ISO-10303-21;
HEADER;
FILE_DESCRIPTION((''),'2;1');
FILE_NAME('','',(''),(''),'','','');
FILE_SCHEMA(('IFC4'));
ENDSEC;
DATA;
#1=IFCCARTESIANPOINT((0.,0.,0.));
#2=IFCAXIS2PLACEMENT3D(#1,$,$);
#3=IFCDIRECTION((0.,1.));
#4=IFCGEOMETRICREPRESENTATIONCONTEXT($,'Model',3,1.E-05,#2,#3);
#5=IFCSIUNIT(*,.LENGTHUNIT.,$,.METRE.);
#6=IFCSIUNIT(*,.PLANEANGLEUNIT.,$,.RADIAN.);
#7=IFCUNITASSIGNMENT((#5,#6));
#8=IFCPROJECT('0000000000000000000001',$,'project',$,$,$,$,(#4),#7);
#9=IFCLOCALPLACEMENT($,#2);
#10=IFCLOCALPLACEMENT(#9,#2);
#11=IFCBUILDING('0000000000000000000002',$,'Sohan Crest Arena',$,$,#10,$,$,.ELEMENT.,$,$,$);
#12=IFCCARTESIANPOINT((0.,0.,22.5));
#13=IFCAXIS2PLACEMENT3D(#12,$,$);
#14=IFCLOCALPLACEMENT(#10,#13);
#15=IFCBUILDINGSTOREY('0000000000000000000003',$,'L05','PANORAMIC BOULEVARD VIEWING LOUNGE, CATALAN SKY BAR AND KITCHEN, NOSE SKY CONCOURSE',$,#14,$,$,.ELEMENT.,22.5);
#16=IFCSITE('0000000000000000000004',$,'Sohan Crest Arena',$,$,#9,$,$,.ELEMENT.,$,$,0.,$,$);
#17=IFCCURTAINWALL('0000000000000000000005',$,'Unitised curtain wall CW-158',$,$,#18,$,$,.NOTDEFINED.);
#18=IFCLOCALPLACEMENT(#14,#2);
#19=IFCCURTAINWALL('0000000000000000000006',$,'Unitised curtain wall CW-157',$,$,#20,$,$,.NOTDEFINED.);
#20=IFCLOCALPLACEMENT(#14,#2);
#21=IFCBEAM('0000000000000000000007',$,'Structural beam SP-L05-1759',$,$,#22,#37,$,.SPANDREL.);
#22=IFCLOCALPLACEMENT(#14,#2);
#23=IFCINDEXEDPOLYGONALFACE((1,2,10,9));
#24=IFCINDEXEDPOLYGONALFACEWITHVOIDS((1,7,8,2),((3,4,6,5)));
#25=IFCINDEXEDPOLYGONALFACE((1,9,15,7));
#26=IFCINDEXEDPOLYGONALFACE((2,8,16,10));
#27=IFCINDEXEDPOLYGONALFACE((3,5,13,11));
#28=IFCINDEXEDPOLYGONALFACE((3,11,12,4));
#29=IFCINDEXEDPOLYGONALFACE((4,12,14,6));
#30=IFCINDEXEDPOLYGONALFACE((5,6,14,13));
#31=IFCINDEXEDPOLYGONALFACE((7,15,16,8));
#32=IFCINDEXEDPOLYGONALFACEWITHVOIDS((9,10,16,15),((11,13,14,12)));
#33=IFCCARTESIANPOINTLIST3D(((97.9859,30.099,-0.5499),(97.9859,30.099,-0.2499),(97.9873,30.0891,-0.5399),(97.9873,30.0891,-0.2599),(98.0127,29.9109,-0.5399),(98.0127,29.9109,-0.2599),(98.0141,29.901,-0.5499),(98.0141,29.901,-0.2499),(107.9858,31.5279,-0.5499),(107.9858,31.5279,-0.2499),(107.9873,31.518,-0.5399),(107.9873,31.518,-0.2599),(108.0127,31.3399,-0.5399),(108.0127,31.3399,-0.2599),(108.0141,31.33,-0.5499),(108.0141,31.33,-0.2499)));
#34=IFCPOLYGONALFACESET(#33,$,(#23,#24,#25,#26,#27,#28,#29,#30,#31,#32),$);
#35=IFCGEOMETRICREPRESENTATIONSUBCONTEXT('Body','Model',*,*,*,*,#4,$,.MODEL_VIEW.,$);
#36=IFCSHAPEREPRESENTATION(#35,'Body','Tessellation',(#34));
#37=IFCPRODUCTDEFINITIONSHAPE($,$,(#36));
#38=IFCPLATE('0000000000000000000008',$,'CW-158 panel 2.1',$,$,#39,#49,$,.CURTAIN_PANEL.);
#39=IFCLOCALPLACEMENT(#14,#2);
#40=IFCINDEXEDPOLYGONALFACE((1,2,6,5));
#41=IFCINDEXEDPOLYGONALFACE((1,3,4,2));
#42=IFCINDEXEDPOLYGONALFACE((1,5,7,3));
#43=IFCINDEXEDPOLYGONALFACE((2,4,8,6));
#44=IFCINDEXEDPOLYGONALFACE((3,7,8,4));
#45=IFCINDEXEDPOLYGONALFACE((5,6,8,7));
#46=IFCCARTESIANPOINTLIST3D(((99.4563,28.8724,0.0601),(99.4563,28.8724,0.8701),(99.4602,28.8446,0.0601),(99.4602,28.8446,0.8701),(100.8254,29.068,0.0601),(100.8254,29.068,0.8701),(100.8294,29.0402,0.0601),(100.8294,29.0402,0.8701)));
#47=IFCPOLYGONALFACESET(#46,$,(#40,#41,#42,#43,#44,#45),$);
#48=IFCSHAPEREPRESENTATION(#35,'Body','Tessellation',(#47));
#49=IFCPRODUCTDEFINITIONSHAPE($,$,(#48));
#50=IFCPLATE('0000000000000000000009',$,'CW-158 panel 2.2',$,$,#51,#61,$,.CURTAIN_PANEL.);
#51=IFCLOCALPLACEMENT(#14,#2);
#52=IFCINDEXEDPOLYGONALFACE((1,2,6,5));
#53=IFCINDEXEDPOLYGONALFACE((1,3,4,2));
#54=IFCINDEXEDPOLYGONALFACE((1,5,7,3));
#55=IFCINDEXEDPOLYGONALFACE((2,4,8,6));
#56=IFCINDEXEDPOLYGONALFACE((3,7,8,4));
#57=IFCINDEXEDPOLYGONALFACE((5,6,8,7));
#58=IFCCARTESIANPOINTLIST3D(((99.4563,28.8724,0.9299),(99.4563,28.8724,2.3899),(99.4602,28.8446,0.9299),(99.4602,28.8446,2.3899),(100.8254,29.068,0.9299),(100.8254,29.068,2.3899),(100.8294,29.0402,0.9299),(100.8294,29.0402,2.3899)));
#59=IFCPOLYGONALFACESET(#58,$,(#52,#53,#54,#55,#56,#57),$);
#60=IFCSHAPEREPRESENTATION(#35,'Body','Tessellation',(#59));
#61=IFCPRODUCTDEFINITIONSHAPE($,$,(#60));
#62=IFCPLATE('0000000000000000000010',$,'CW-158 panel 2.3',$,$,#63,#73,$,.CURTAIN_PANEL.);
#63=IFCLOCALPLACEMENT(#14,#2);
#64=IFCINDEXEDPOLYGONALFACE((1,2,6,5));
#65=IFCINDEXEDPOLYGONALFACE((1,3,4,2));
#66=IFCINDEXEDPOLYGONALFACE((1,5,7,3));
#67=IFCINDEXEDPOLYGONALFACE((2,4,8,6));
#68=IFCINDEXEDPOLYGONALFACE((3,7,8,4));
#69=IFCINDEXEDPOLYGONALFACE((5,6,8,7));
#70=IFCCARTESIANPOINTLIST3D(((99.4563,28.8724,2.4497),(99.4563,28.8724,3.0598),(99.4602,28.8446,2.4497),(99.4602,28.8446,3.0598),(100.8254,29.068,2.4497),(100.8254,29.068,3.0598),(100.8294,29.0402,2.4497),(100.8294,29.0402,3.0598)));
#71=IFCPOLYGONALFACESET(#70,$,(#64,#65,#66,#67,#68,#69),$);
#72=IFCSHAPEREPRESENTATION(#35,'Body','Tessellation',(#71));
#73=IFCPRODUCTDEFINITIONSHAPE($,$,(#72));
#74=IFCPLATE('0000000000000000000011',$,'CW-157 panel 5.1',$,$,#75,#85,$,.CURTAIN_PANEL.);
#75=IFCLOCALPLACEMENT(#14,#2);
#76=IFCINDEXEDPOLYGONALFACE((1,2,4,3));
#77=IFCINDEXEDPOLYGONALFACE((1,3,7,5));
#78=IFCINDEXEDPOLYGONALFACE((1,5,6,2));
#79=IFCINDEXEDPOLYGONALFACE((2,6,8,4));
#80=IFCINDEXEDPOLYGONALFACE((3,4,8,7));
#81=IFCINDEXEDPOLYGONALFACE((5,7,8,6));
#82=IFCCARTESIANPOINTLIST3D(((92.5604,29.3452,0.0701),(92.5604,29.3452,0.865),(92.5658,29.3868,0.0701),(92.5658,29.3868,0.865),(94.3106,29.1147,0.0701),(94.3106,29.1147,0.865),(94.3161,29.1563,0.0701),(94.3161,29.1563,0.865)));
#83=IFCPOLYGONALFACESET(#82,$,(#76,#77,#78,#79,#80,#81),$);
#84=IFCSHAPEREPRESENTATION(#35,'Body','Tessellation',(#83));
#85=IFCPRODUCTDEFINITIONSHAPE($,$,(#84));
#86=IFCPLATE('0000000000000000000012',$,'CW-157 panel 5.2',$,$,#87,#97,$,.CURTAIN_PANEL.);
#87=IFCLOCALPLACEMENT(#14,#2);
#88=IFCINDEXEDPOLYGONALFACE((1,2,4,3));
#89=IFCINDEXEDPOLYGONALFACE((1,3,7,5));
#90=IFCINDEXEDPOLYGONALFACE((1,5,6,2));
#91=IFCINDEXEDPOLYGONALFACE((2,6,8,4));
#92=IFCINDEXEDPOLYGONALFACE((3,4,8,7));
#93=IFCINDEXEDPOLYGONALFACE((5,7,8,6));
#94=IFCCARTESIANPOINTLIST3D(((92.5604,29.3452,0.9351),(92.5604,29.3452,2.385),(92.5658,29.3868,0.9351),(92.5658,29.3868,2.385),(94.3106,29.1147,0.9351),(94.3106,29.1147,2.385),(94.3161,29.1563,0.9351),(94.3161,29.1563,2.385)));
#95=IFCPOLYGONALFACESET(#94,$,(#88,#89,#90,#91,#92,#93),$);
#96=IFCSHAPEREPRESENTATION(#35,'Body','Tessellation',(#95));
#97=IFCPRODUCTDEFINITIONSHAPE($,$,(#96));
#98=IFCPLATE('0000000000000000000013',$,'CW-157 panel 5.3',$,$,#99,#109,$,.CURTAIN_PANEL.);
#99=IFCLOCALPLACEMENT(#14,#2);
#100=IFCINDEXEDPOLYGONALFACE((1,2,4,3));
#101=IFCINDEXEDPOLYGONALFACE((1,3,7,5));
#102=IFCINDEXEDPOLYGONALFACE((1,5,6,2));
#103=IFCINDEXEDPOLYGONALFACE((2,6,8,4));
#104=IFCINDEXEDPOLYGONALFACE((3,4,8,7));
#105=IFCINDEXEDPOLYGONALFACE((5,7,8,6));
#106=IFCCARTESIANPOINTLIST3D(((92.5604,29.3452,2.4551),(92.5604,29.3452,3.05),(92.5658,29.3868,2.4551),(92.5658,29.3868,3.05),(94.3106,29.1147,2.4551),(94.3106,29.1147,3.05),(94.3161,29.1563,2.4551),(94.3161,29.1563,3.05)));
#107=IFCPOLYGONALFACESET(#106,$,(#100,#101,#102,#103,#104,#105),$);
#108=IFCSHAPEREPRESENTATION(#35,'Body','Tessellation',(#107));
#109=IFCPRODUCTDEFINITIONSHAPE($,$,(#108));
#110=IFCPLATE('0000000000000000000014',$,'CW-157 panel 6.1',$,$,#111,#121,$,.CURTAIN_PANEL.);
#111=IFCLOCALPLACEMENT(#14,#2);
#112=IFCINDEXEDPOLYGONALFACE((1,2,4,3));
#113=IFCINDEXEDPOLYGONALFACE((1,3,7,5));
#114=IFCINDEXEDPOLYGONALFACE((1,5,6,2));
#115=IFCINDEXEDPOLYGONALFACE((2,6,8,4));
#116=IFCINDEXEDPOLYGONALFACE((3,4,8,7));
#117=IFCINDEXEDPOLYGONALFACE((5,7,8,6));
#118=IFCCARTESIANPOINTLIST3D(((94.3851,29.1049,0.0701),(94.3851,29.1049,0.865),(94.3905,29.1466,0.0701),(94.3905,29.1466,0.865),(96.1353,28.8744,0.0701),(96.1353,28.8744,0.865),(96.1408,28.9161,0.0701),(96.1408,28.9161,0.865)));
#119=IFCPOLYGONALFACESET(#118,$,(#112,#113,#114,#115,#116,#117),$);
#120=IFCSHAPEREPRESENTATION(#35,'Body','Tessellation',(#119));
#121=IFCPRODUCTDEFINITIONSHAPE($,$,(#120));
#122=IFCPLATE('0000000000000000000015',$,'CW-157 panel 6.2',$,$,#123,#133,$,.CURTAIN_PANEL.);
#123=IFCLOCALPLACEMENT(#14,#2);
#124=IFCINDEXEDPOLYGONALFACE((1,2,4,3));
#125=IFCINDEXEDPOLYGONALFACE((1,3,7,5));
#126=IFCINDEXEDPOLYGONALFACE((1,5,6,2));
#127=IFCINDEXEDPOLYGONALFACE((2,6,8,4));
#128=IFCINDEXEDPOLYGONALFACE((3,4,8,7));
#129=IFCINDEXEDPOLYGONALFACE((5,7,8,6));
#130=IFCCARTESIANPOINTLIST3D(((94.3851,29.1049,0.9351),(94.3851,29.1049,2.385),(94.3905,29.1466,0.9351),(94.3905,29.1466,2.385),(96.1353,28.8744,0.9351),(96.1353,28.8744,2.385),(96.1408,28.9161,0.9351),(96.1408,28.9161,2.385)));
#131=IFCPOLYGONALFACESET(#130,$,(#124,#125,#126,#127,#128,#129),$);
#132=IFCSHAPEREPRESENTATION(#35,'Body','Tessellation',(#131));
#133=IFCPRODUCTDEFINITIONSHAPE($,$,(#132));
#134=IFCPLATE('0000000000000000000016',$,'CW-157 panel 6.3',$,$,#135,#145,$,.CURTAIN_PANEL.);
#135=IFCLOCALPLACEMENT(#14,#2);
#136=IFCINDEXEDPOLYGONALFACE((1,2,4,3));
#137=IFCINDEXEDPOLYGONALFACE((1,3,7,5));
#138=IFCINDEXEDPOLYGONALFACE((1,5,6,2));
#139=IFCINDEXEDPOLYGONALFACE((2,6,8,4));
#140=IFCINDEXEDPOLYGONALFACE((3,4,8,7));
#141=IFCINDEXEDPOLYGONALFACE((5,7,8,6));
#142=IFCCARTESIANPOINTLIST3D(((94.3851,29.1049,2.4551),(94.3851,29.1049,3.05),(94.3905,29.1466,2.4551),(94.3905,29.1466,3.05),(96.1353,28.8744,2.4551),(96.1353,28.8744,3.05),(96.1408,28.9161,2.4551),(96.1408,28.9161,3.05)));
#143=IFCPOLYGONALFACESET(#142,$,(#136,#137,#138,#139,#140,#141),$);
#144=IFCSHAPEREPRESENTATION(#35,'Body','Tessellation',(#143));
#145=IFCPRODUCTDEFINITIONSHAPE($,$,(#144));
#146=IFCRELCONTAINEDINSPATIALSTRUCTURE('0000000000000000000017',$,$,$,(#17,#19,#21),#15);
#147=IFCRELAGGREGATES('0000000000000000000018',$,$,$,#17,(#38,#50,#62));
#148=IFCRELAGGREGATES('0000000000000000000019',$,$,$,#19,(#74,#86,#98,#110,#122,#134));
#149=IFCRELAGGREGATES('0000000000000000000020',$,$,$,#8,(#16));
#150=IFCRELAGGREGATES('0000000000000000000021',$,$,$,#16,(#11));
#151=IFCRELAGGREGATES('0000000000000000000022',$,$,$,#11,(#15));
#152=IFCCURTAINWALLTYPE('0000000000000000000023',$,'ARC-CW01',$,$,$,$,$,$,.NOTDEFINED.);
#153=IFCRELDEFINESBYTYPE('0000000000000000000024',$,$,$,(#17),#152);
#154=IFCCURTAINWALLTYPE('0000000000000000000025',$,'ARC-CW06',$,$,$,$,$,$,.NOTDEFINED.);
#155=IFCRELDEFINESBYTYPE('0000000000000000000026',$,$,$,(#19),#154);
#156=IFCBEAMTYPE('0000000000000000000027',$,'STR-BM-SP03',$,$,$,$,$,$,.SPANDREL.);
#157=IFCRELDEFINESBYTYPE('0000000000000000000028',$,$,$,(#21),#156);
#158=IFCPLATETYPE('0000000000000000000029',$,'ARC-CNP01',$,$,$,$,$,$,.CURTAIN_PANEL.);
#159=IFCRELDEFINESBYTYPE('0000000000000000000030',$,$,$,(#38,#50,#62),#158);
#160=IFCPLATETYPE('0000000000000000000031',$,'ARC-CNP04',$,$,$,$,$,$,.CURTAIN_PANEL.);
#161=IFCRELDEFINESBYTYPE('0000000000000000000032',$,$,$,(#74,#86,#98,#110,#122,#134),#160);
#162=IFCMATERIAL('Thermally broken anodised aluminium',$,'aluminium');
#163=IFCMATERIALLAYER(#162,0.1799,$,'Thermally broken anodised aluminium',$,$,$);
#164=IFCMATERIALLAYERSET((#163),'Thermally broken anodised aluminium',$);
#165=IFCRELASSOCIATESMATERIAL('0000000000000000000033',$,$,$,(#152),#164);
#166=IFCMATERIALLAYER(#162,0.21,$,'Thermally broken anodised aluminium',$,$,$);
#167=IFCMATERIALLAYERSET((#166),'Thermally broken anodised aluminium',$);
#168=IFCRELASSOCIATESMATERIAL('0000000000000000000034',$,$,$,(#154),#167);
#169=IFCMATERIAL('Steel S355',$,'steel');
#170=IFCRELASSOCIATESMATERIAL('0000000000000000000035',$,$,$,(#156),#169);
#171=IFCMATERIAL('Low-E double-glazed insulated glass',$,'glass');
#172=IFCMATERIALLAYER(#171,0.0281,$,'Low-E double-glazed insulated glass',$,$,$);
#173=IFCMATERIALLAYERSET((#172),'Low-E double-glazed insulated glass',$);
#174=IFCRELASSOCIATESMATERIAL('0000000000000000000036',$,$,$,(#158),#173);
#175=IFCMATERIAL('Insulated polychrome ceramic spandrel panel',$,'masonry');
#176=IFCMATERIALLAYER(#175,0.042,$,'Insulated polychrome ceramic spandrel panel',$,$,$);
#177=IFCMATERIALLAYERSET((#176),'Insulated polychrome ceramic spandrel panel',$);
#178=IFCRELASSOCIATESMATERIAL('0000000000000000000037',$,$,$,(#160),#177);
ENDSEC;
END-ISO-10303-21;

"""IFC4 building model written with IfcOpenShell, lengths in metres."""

from ifc_helpers import new_model, si_unit, direction, frame, origin, origin_2d, place, context, subcontext, project, spatial, rectangle, hollow_rectangle, extrude, material, layer, layer_set, material_profile, profile_set, type_object, element, aggregate, save


model = new_model("IFC4")

# Units and contexts
model_context = context("Model", 3, precision=1e-05, world=origin(), true_north=direction((0.0, 1.0)))
body_context = subcontext(model_context, "Body", "Model", "MODEL_VIEW")
ifc_project = project(units=[si_unit("LENGTHUNIT", "METRE"), si_unit("PLANEANGLEUNIT", "RADIAN")], contexts=[model_context])

# Site, building, storey
site_placement = place(None, origin())
site = spatial("IfcSite", under=ifc_project, at=site_placement, Name="Sohan Crest Arena", CompositionType="ELEMENT", RefElevation=0.0)
building_placement = place(site_placement, origin())
building = spatial("IfcBuilding", under=site, at=building_placement, Name="Sohan Crest Arena", CompositionType="ELEMENT")
storey_placement = place(building_placement, frame((0.0, 0.0, 22.5)))
storey = spatial("IfcBuildingStorey", under=building, at=storey_placement, Name="L05", Description="PANORAMIC BOULEVARD VIEWING LOUNGE, CATALAN SKY BAR AND KITCHEN, NOSE SKY CONCOURSE", CompositionType="ELEMENT", Elevation=22.5)

# Shared definitions
ifc_material_1 = material(Name="Steel S355", Category="steel")

# Curtain wall
ifc_material_2 = material(Name="Thermally broken anodised aluminium", Category="aluminium")
ifc_layer_1 = layer(ifc_material_2, 0.1799, Name="Thermally broken anodised aluminium")
ifc_layer_set_1 = layer_set([ifc_layer_1], Name="Thermally broken anodised aluminium")
curtain_wall_type_1 = type_object("IfcCurtainWallType", Name="ARC-CW01", PredefinedType="NOTDEFINED", material=ifc_layer_set_1)
curtain_wall_1_placement = place(storey_placement, origin())
curtain_wall_1 = element("IfcCurtainWall", 1, at=curtain_wall_1_placement, inside=storey, type_object=curtain_wall_type_1, Name="Unitised curtain wall CW-158", PredefinedType="NOTDEFINED")

# Curtain wall
ifc_layer_2 = layer(ifc_material_2, 0.21, Name="Thermally broken anodised aluminium")
ifc_layer_set_2 = layer_set([ifc_layer_2], Name="Thermally broken anodised aluminium")
curtain_wall_type_2 = type_object("IfcCurtainWallType", Name="ARC-CW06", PredefinedType="NOTDEFINED", material=ifc_layer_set_2)
curtain_wall_2_placement = place(storey_placement, origin())
curtain_wall_2 = element("IfcCurtainWall", 2, at=curtain_wall_2_placement, inside=storey, type_object=curtain_wall_type_2, Name="Unitised curtain wall CW-157", PredefinedType="NOTDEFINED")

# Beam
ifc_material_profile_1 = material_profile(ifc_material_1, hollow_rectangle(XDim=0.2, YDim=0.3, WallThickness=0.01, at=origin_2d()), Name="RHS 300x200x10")
ifc_profile_set_1 = profile_set([ifc_material_profile_1], Name="Steel S355")
beam_type = type_object("IfcBeamType", Name="STR-BM-SP03", PredefinedType="SPANDREL", material=ifc_profile_set_1)
beam_placement = place(storey_placement, frame((98.0, 30.0, -0.3999), z_axis=(0.989944, 0.141459, 0.0), x_axis=(-0.141459, 0.989944, 0.0)))
element("IfcBeam", 3, at=beam_placement, inside=storey, type_object=beam_type, Name="Structural beam SP-L05-1759", PredefinedType="SPANDREL", context=body_context, shape_type="SweptSolid", body=[
    extrude(hollow_rectangle(XDim=0.2, YDim=0.3, WallThickness=0.01, at=origin_2d()), origin(), (0.0, 0.0, 1.0), 10.1016),
])

# Plates
ifc_material_3 = material(Name="Low-E double-glazed insulated glass", Category="glass")
ifc_layer_3 = layer(ifc_material_3, 0.0281, Name="Low-E double-glazed insulated glass")
ifc_layer_set_3 = layer_set([ifc_layer_3], Name="Low-E double-glazed insulated glass")
plate_type_1 = type_object("IfcPlateType", Name="ARC-CNP01", PredefinedType="CURTAIN_PANEL", material=ifc_layer_set_3)
plate_1_placement = place(storey_placement, frame((100.1428, 28.9563, 0.0601), z_axis=(0.0, 0.0, 1.0), x_axis=(0.989944, 0.141463, 0.0)))
plate_1 = element("IfcPlate", 4, at=plate_1_placement, type_object=plate_type_1, Name="CW-158 panel 2.1", PredefinedType="CURTAIN_PANEL", context=body_context, shape_type="SweptSolid", body=[
    extrude(rectangle(XDim=1.3831, YDim=0.0281, at=origin_2d()), origin(), (0.0, 0.0, 1.0), 0.8101),
])
plate_2_placement = place(storey_placement, frame((100.1428, 28.9563, 0.9299), z_axis=(0.0, 0.0, 1.0), x_axis=(0.989944, 0.141463, 0.0)))
plate_2 = element("IfcPlate", 5, at=plate_2_placement, type_object=plate_type_1, Name="CW-158 panel 2.2", PredefinedType="CURTAIN_PANEL", context=body_context, shape_type="SweptSolid", body=[
    extrude(rectangle(XDim=1.3831, YDim=0.0281, at=origin_2d()), origin(), (0.0, 0.0, 1.0), 1.46),
])
plate_3_placement = place(storey_placement, frame((100.1428, 28.9563, 2.4497), z_axis=(0.0, 0.0, 1.0), x_axis=(0.989944, 0.141463, 0.0)))
plate_3 = element("IfcPlate", 6, at=plate_3_placement, type_object=plate_type_1, Name="CW-158 panel 2.3", PredefinedType="CURTAIN_PANEL", context=body_context, shape_type="SweptSolid", body=[
    extrude(rectangle(XDim=1.3831, YDim=0.0281, at=origin_2d()), origin(), (0.0, 0.0, 1.0), 0.6101),
])
aggregate(curtain_wall_1, [plate_1, plate_2, plate_3])
ifc_material_4 = material(Name="Insulated polychrome ceramic spandrel panel", Category="masonry")
ifc_layer_4 = layer(ifc_material_4, 0.042, Name="Insulated polychrome ceramic spandrel panel")
ifc_layer_set_4 = layer_set([ifc_layer_4], Name="Insulated polychrome ceramic spandrel panel")
plate_type_2 = type_object("IfcPlateType", Name="ARC-CNP04", PredefinedType="CURTAIN_PANEL", material=ifc_layer_set_4)
plate_4_placement = place(storey_placement, frame((93.4382, 29.2507, 0.0701), z_axis=(0.0, 0.0, 1.0), x_axis=(0.991441, -0.130557, 0.0)))
plate_4 = element("IfcPlate", 7, at=plate_4_placement, type_object=plate_type_2, Name="CW-157 panel 5.1", PredefinedType="CURTAIN_PANEL", context=body_context, shape_type="SweptSolid", body=[
    extrude(rectangle(XDim=1.7654, YDim=0.042, at=origin_2d()), origin(), (0.0, 0.0, 1.0), 0.7949),
])
plate_5_placement = place(storey_placement, frame((93.4382, 29.2507, 0.9351), z_axis=(0.0, 0.0, 1.0), x_axis=(0.991441, -0.130557, 0.0)))
plate_5 = element("IfcPlate", 8, at=plate_5_placement, type_object=plate_type_2, Name="CW-157 panel 5.2", PredefinedType="CURTAIN_PANEL", context=body_context, shape_type="SweptSolid", body=[
    extrude(rectangle(XDim=1.7654, YDim=0.042, at=origin_2d()), origin(), (0.0, 0.0, 1.0), 1.45),
])
plate_6_placement = place(storey_placement, frame((93.4382, 29.2507, 2.4551), z_axis=(0.0, 0.0, 1.0), x_axis=(0.991441, -0.130557, 0.0)))
plate_6 = element("IfcPlate", 9, at=plate_6_placement, type_object=plate_type_2, Name="CW-157 panel 5.3", PredefinedType="CURTAIN_PANEL", context=body_context, shape_type="SweptSolid", body=[
    extrude(rectangle(XDim=1.7654, YDim=0.042, at=origin_2d()), origin(), (0.0, 0.0, 1.0), 0.595),
])
plate_7_placement = place(storey_placement, frame((95.2629, 29.0105, 0.0701), z_axis=(0.0, 0.0, 1.0), x_axis=(0.991441, -0.130557, 0.0)))
plate_7 = element("IfcPlate", 10, at=plate_7_placement, type_object=plate_type_2, Name="CW-157 panel 6.1", PredefinedType="CURTAIN_PANEL", context=body_context, shape_type="SweptSolid", body=[
    extrude(rectangle(XDim=1.7654, YDim=0.042, at=origin_2d()), origin(), (0.0, 0.0, 1.0), 0.7949),
])
plate_8_placement = place(storey_placement, frame((95.2629, 29.0105, 0.9351), z_axis=(0.0, 0.0, 1.0), x_axis=(0.991441, -0.130557, 0.0)))
plate_8 = element("IfcPlate", 11, at=plate_8_placement, type_object=plate_type_2, Name="CW-157 panel 6.2", PredefinedType="CURTAIN_PANEL", context=body_context, shape_type="SweptSolid", body=[
    extrude(rectangle(XDim=1.7654, YDim=0.042, at=origin_2d()), origin(), (0.0, 0.0, 1.0), 1.45),
])
plate_9_placement = place(storey_placement, frame((95.2629, 29.0105, 2.4551), z_axis=(0.0, 0.0, 1.0), x_axis=(0.991441, -0.130557, 0.0)))
plate_9 = element("IfcPlate", 12, at=plate_9_placement, type_object=plate_type_2, Name="CW-157 panel 6.3", PredefinedType="CURTAIN_PANEL", context=body_context, shape_type="SweptSolid", body=[
    extrude(rectangle(XDim=1.7654, YDim=0.042, at=origin_2d()), origin(), (0.0, 0.0, 1.0), 0.595),
])
aggregate(curtain_wall_2, [plate_4, plate_5, plate_6, plate_7, plate_8, plate_9])

save(model, "model.ifc")
